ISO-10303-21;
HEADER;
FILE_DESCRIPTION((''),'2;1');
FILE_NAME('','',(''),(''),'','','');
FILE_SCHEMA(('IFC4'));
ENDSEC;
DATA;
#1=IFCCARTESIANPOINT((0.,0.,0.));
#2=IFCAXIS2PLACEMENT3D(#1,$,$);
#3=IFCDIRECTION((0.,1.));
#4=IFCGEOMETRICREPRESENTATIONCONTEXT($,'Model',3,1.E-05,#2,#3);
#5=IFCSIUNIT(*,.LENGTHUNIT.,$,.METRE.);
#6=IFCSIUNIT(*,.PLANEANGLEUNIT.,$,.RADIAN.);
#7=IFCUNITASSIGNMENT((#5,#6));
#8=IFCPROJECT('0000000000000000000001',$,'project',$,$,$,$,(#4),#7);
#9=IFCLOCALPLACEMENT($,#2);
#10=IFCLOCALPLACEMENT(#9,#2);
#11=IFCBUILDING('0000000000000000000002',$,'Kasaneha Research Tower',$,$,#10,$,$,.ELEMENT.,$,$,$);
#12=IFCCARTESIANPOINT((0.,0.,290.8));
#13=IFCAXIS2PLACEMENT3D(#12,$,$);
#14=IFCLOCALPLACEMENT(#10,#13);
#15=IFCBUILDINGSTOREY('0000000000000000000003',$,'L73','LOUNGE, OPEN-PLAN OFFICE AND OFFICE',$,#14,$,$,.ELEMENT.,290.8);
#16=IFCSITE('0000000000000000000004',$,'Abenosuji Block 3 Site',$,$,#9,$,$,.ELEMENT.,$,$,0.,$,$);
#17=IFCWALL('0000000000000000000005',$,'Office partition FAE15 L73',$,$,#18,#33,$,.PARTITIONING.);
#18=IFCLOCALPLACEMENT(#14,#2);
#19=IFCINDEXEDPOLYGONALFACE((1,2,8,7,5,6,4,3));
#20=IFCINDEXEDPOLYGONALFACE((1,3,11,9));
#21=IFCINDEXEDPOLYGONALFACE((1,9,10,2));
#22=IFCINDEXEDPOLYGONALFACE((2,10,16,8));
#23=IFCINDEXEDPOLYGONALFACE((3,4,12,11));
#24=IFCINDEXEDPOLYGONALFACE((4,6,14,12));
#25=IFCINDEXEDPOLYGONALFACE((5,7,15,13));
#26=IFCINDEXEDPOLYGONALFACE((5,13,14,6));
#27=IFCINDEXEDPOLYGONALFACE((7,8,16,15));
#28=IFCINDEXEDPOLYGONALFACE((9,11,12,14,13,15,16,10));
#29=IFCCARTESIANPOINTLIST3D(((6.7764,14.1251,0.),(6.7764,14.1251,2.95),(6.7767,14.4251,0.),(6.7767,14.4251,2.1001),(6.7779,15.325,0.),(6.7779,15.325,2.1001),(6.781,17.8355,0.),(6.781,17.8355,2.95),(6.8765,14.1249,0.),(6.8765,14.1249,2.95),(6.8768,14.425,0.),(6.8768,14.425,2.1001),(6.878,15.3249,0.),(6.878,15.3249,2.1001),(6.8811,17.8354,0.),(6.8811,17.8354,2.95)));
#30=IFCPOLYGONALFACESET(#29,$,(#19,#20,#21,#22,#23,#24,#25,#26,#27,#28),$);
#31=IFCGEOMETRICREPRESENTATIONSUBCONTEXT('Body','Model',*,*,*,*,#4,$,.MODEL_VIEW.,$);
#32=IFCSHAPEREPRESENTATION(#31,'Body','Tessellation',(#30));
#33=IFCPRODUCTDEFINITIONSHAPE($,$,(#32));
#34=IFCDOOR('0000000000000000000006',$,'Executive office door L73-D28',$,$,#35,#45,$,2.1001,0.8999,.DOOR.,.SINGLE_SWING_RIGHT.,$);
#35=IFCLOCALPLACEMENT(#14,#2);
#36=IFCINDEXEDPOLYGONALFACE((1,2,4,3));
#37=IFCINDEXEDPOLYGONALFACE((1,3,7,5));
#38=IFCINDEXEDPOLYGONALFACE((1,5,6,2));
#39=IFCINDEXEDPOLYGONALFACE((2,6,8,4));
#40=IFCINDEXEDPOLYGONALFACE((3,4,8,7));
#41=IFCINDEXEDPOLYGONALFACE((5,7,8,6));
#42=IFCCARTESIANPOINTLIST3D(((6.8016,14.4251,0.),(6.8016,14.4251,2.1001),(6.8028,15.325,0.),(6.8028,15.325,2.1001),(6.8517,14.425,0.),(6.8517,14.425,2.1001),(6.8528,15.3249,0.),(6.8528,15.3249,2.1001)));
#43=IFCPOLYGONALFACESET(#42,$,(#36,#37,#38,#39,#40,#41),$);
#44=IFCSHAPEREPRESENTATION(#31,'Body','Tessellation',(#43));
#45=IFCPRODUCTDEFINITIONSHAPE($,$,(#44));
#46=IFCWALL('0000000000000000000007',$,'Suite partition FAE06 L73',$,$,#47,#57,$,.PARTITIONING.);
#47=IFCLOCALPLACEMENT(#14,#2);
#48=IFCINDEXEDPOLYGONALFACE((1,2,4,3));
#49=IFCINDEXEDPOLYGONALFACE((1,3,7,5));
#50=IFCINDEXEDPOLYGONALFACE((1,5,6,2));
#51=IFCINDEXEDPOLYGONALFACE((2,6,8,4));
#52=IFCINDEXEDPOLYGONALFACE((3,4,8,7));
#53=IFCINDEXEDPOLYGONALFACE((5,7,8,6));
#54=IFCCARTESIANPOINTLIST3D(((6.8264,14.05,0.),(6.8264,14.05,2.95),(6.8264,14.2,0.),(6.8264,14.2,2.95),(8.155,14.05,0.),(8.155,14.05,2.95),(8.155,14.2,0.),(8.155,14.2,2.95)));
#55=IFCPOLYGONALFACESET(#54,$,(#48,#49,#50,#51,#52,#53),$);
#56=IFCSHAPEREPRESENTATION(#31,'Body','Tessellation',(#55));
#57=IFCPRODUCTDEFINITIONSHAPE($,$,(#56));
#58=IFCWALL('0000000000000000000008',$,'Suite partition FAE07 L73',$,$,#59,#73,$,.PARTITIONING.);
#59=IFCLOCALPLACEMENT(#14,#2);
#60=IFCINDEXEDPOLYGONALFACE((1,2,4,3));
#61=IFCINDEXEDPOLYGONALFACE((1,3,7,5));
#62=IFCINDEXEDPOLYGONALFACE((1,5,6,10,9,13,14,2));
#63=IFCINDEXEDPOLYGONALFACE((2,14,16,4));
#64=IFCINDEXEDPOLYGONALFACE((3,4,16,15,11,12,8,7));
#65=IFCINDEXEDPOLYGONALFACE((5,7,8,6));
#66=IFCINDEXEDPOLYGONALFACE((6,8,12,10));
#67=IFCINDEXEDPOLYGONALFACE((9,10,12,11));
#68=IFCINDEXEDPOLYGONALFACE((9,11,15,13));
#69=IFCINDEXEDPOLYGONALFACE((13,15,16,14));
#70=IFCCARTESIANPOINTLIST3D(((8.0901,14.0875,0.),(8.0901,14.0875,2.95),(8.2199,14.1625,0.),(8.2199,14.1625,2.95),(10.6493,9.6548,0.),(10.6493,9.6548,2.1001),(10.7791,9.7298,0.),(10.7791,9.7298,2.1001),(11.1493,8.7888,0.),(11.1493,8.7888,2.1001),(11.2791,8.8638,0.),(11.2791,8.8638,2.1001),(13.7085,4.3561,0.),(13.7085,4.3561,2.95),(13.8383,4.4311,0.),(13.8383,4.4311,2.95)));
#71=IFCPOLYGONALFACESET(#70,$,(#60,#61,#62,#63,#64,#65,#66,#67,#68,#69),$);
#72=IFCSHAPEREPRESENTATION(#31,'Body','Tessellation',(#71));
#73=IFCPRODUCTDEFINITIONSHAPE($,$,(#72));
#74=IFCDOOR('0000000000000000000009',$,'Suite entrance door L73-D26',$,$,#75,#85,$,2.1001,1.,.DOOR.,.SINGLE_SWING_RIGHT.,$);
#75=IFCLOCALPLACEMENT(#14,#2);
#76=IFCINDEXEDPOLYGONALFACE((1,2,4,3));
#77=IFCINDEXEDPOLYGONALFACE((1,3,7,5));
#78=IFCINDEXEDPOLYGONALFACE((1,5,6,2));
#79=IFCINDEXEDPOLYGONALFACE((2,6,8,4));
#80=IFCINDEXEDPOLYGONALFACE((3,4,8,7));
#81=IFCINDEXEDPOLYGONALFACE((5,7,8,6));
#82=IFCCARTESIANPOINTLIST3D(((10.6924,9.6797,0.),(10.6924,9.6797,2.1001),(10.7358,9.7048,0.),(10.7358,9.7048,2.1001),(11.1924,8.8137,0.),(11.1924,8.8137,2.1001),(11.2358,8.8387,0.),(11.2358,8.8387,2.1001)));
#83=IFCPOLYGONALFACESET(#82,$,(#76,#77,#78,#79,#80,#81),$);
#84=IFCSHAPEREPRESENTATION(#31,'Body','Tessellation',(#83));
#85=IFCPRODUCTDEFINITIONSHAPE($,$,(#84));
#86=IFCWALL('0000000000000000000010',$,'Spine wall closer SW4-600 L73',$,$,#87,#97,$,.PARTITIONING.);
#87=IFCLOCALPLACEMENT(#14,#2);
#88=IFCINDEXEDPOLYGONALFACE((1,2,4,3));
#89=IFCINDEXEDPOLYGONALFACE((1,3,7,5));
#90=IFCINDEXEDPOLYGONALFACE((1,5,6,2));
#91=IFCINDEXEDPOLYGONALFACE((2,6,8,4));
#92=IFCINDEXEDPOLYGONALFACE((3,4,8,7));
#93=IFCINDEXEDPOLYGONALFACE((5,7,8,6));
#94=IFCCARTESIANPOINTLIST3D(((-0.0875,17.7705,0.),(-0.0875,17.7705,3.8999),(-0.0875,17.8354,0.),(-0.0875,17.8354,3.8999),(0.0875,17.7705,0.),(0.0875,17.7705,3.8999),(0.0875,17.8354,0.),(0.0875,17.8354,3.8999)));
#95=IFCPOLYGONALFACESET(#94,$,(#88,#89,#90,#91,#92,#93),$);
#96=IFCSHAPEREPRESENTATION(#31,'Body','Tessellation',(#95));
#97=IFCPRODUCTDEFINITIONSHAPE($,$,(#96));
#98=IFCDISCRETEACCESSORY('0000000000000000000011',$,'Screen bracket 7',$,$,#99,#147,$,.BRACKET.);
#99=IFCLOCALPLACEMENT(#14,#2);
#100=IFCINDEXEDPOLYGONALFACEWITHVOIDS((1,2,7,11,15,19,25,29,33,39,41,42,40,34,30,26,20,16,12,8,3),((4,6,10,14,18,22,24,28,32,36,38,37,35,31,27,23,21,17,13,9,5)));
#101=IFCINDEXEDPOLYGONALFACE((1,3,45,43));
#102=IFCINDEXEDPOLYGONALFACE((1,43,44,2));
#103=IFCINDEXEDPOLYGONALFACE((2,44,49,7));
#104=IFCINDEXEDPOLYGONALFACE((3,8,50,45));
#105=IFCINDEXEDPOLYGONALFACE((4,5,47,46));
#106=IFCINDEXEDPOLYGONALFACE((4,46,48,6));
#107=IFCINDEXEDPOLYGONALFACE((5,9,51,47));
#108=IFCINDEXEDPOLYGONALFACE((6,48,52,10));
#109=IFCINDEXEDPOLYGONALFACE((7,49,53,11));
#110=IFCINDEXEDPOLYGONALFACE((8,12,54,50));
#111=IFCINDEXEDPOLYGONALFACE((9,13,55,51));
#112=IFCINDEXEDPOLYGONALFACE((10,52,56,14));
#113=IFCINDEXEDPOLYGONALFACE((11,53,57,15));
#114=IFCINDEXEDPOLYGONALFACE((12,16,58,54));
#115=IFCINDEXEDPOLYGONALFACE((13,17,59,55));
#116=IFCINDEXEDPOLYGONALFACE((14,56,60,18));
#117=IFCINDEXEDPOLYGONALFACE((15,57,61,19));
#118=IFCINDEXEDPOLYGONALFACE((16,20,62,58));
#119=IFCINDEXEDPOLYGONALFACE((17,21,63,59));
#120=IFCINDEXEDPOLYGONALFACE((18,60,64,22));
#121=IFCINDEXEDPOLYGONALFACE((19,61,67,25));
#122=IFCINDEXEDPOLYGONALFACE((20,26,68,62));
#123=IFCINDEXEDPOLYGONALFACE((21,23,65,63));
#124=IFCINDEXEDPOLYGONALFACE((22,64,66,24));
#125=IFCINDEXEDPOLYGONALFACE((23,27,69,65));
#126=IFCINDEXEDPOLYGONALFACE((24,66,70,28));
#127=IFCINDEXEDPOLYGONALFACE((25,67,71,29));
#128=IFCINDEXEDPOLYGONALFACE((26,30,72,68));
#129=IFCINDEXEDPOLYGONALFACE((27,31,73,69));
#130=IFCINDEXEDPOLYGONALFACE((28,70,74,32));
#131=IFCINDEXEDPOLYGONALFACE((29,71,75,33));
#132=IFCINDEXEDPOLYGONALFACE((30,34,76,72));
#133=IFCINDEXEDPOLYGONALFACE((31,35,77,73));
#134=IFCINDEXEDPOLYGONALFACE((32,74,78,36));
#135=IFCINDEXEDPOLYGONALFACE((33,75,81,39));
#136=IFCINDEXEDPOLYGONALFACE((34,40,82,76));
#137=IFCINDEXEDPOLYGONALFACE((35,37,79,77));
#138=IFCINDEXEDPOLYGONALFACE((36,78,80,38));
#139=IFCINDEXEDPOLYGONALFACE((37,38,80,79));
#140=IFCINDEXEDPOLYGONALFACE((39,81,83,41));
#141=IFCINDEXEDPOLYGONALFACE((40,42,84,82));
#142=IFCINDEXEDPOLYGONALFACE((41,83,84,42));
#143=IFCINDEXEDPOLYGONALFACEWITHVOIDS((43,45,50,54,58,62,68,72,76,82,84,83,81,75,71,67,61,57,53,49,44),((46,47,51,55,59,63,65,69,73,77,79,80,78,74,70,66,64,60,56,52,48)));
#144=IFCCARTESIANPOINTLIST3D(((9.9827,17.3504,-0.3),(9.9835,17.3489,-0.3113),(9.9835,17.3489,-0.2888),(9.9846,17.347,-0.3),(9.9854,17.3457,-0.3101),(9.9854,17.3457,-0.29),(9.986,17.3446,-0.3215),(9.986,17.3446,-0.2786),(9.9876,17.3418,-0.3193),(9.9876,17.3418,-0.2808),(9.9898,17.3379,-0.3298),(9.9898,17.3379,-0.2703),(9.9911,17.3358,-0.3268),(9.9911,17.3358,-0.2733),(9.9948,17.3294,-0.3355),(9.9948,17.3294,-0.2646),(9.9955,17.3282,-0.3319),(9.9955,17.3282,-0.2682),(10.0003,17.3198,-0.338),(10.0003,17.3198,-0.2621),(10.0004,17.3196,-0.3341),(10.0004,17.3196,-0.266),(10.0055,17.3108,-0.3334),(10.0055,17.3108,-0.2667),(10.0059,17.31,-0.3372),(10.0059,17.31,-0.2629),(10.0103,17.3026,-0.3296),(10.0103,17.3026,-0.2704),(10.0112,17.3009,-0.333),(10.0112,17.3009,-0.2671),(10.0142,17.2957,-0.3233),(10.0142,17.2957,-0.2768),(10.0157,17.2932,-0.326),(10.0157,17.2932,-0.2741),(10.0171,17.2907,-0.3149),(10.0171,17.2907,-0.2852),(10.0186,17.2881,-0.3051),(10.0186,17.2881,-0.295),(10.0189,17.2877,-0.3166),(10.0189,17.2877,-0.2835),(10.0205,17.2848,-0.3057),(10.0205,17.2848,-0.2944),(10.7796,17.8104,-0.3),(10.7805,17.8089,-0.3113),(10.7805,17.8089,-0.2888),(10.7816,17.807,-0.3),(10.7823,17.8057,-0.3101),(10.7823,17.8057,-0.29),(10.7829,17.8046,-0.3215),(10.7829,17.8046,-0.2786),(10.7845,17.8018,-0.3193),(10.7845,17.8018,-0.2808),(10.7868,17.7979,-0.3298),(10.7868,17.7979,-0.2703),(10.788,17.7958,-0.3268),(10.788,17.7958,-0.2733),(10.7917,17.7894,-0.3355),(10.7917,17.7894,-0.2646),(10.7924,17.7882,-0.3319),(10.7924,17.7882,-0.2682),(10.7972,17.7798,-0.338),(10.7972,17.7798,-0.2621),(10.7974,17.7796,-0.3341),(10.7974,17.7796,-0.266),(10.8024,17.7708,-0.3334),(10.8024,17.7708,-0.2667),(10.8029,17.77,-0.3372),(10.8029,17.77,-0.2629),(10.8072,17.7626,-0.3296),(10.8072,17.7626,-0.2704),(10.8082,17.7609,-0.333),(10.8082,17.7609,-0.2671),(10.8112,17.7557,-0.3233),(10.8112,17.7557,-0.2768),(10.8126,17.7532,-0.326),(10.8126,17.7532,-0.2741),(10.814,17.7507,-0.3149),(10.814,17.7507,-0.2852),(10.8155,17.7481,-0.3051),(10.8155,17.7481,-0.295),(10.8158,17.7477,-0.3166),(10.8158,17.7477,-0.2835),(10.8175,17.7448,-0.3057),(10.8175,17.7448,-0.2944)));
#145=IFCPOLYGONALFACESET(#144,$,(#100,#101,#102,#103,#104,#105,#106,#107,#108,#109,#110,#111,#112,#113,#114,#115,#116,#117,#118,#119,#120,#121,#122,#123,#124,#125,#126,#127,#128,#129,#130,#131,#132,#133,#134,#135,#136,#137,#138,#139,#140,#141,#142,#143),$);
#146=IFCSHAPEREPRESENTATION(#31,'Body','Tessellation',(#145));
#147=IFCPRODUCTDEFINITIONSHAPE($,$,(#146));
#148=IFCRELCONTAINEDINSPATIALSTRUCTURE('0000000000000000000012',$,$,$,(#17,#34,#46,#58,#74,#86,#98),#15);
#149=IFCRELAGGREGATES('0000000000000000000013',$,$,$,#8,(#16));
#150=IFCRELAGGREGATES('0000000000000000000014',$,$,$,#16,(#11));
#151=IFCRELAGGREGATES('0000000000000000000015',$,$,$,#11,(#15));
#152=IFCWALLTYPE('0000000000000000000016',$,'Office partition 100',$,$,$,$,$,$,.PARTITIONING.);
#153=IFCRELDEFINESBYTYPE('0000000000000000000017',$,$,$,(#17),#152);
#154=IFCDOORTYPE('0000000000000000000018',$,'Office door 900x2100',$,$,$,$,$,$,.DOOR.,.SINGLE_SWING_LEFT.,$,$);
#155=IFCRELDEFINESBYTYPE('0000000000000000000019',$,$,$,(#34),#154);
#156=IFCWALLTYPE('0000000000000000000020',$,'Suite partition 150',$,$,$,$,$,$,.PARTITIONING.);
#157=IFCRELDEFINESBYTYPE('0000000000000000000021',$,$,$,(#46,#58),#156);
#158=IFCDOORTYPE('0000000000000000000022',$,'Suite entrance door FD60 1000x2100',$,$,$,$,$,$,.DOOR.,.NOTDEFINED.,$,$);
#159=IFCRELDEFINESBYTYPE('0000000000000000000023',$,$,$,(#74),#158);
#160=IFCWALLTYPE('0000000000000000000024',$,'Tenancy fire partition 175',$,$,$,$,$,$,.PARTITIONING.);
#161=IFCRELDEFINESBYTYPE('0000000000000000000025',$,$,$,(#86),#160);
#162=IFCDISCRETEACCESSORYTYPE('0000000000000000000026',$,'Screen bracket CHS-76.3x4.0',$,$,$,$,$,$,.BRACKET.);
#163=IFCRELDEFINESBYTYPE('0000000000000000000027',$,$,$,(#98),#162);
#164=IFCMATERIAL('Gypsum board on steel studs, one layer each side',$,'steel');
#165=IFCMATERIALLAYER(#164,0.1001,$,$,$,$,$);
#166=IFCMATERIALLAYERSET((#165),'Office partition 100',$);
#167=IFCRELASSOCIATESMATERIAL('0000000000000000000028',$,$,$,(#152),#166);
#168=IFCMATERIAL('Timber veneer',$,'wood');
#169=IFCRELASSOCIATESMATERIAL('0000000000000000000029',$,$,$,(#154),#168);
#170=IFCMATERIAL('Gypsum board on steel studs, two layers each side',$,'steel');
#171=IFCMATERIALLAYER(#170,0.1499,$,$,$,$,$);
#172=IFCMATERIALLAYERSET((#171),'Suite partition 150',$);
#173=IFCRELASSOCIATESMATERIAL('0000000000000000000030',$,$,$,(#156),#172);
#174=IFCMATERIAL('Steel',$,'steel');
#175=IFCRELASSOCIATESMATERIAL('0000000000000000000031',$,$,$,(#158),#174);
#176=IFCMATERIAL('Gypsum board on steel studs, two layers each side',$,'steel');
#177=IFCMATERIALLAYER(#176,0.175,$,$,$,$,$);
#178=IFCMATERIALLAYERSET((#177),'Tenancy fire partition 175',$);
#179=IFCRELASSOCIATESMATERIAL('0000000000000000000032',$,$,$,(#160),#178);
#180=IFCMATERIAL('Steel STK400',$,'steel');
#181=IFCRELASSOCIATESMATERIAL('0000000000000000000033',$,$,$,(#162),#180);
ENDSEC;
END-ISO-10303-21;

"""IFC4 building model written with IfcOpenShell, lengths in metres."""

from ifc_helpers import new_model, si_unit, direction, frame, frame_2d, origin, origin_2d, place, context, subcontext, project, spatial, rectangle, hollow_circle, extrude, material, layer, layer_set, material_profile, profile_set, type_object, element, fill, save


model = new_model("IFC4")

# Units and contexts
model_context = context("Model", 3, precision=1e-05, world=origin(), true_north=direction((0.0, 1.0)))
body_context = subcontext(model_context, "Body", "Model", "MODEL_VIEW")
ifc_project = project(units=[si_unit("LENGTHUNIT", "METRE"), si_unit("PLANEANGLEUNIT", "RADIAN")], contexts=[model_context])

# Site, building, storey
site_placement = place(None, origin())
site = spatial("IfcSite", under=ifc_project, at=site_placement, Name="Abenosuji Block 3 Site", CompositionType="ELEMENT", RefElevation=0.0)
building_placement = place(site_placement, origin())
building = spatial("IfcBuilding", under=site, at=building_placement, Name="Kasaneha Research Tower", CompositionType="ELEMENT")
storey_placement = place(building_placement, frame((0.0, 0.0, 290.8)))
storey = spatial("IfcBuildingStorey", under=building, at=storey_placement, Name="L73", Description="LOUNGE, OPEN-PLAN OFFICE AND OFFICE", CompositionType="ELEMENT", Elevation=290.8)

# Shared definitions
ifc_material_1 = material(Name="Gypsum board on steel studs, one layer each side", Category="steel")
ifc_layer_1 = layer(ifc_material_1, 0.1001)
ifc_layer_set_1 = layer_set([ifc_layer_1], Name="Office partition 100")
wall_type_1 = type_object("IfcWallType", Name="Office partition 100", PredefinedType="PARTITIONING", material=ifc_layer_set_1)

# Wall, opening, door
wall_1_placement = place(storey_placement, frame((6.8311, 17.8354, 0.0), z_axis=(0.0, 0.0, 1.0), x_axis=(-0.00125, -0.999999, 0.0)))
wall_1 = element("IfcWall", 1, at=wall_1_placement, inside=storey, type_object=wall_type_1, Name="Office partition FAE15 L73", PredefinedType="PARTITIONING", context=body_context, shape_type="SweptSolid", body=[
    extrude(rectangle(XDim=3.7104, YDim=0.1001, at=frame_2d((1.8552, 0.0))), origin(), (0.0, 0.0, 1.0), 2.95),
])
opening_1_placement = place(wall_1_placement, frame((2.5105, 0.0, 0.0)))
opening_1 = element("IfcOpeningElement", 2, at=opening_1_placement, cuts=wall_1, PredefinedType="OPENING", context=body_context, shape_type="SweptSolid", body=[
    extrude(rectangle(XDim=0.8999, YDim=2.1001, at=frame_2d((0.45, 1.05))), frame((0.0, 0.0601, 0.0), z_axis=(0.0, -1.0, 0.0), x_axis=(1.0, 0.0, 0.0)), (0.0, 0.0, 1.0), 0.1201),
])
ifc_material_2 = material(Name="Timber veneer", Category="wood")
door_type_1 = type_object("IfcDoorType", Name="Office door 900x2100", OperationType="SINGLE_SWING_LEFT", PredefinedType="DOOR", material=ifc_material_2)
door_1_placement = place(opening_1_placement, origin())
door_1 = element("IfcDoor", 3, at=door_1_placement, inside=storey, type_object=door_type_1, Name="Executive office door L73-D28", OperationType="SINGLE_SWING_RIGHT", OverallHeight=2.1001, OverallWidth=0.8999, PredefinedType="DOOR", context=body_context, shape_type="SweptSolid", body=[
    extrude(rectangle(XDim=0.8999, YDim=2.1001, at=frame_2d((0.45, 1.05))), frame((0.0, 0.0249, 0.0), z_axis=(0.0, -1.0, 0.0), x_axis=(1.0, 0.0, 0.0)), (0.0, 0.0, 1.0), 0.05),
])
fill(opening_1, door_1)

# Wall
ifc_material_3 = material(Name="Gypsum board on steel studs, two layers each side", Category="steel")
ifc_layer_2 = layer(ifc_material_3, 0.1499)
ifc_layer_set_2 = layer_set([ifc_layer_2], Name="Suite partition 150")
wall_type_2 = type_object("IfcWallType", Name="Suite partition 150", PredefinedType="PARTITIONING", material=ifc_layer_set_2)
wall_2_placement = place(storey_placement, frame((6.8264, 14.125, 0.0), z_axis=(0.0, 0.0, 1.0), x_axis=(1.0, 0.0, 0.0)))
element("IfcWall", 4, at=wall_2_placement, inside=storey, type_object=wall_type_2, Name="Suite partition FAE06 L73", PredefinedType="PARTITIONING", context=body_context, shape_type="SweptSolid", body=[
    extrude(rectangle(XDim=1.3286, YDim=0.1499, at=frame_2d((0.6643, 0.0))), origin(), (0.0, 0.0, 1.0), 2.95),
])

# Wall, opening, door
wall_3_placement = place(storey_placement, frame((8.155, 14.125, 0.0), z_axis=(0.0, 0.0, 1.0), x_axis=(0.499997, -0.866027, 0.0)))
wall_3 = element("IfcWall", 5, at=wall_3_placement, inside=storey, type_object=wall_type_2, Name="Suite partition FAE07 L73", PredefinedType="PARTITIONING", context=body_context, shape_type="SweptSolid", body=[
    extrude(rectangle(XDim=11.2368, YDim=0.1499, at=frame_2d((5.6184, 0.0))), origin(), (0.0, 0.0, 1.0), 2.95),
])
opening_2_placement = place(wall_3_placement, frame((5.1184, 0.0, 0.0)))
opening_2 = element("IfcOpeningElement", 6, at=opening_2_placement, cuts=wall_3, PredefinedType="OPENING", context=body_context, shape_type="SweptSolid", body=[
    extrude(rectangle(XDim=1.0, YDim=2.1001, at=frame_2d((0.5, 1.05))), frame((0.0, 0.085, 0.0), z_axis=(0.0, -1.0, 0.0), x_axis=(1.0, 0.0, 0.0)), (0.0, 0.0, 1.0), 0.1699),
])
ifc_material_4 = material(Name="Steel", Category="steel")
door_type_2 = type_object("IfcDoorType", Name="Suite entrance door FD60 1000x2100", OperationType="NOTDEFINED", PredefinedType="DOOR", material=ifc_material_4)
door_2_placement = place(opening_2_placement, origin())
door_2 = element("IfcDoor", 7, at=door_2_placement, inside=storey, type_object=door_type_2, Name="Suite entrance door L73-D26", OperationType="SINGLE_SWING_RIGHT", OverallHeight=2.1001, OverallWidth=1.0, PredefinedType="DOOR", context=body_context, shape_type="SweptSolid", body=[
    extrude(rectangle(XDim=1.0, YDim=2.1001, at=frame_2d((0.5, 1.05))), frame((0.0, 0.0249, 0.0), z_axis=(0.0, -1.0, 0.0), x_axis=(1.0, 0.0, 0.0)), (0.0, 0.0, 1.0), 0.05),
])
fill(opening_2, door_2)

# Wall
ifc_material_5 = material(Name="Gypsum board on steel studs, two layers each side", Category="steel")
ifc_layer_3 = layer(ifc_material_5, 0.175)
ifc_layer_set_3 = layer_set([ifc_layer_3], Name="Tenancy fire partition 175")
wall_type_3 = type_object("IfcWallType", Name="Tenancy fire partition 175", PredefinedType="PARTITIONING", material=ifc_layer_set_3)
wall_4_placement = place(storey_placement, frame((0.0, 17.7705, 0.0), z_axis=(0.0, 0.0, 1.0), x_axis=(0.0, 1.0, 0.0)))
element("IfcWall", 8, at=wall_4_placement, inside=storey, type_object=wall_type_3, Name="Spine wall closer SW4-600 L73", PredefinedType="PARTITIONING", context=body_context, shape_type="SweptSolid", body=[
    extrude(rectangle(XDim=0.0649, YDim=0.175, at=frame_2d((0.0325, 0.0))), origin(), (0.0, 0.0, 1.0), 3.8999),
])

# Discrete accessory
ifc_material_6 = material(Name="Steel STK400", Category="steel")
ifc_material_profile_1 = material_profile(ifc_material_6, hollow_circle(Radius=0.0381, WallThickness=0.0039, at=origin_2d()), Name="CHS-76.3x4.0")
ifc_profile_set_1 = profile_set([ifc_material_profile_1], Name="Steel STK400")
discrete_accessory_type = type_object("IfcDiscreteAccessoryType", Name="Screen bracket CHS-76.3x4.0", PredefinedType="BRACKET", material=ifc_profile_set_1)
discrete_accessory_placement = place(storey_placement, frame((10.0017, 17.3174, -0.3), z_axis=(0.86608, 0.499906, 0.0), x_axis=(-0.499906, 0.86608, 0.0)))
element("IfcDiscreteAccessory", 9, at=discrete_accessory_placement, inside=storey, type_object=discrete_accessory_type, Name="Screen bracket 7", PredefinedType="BRACKET", context=body_context, shape_type="SweptSolid", body=[
    extrude(hollow_circle(Radius=0.0381, WallThickness=0.0039, at=origin_2d()), origin(), (0.0, 0.0, 1.0), 0.9202),
])

save(model, "model.ifc")
